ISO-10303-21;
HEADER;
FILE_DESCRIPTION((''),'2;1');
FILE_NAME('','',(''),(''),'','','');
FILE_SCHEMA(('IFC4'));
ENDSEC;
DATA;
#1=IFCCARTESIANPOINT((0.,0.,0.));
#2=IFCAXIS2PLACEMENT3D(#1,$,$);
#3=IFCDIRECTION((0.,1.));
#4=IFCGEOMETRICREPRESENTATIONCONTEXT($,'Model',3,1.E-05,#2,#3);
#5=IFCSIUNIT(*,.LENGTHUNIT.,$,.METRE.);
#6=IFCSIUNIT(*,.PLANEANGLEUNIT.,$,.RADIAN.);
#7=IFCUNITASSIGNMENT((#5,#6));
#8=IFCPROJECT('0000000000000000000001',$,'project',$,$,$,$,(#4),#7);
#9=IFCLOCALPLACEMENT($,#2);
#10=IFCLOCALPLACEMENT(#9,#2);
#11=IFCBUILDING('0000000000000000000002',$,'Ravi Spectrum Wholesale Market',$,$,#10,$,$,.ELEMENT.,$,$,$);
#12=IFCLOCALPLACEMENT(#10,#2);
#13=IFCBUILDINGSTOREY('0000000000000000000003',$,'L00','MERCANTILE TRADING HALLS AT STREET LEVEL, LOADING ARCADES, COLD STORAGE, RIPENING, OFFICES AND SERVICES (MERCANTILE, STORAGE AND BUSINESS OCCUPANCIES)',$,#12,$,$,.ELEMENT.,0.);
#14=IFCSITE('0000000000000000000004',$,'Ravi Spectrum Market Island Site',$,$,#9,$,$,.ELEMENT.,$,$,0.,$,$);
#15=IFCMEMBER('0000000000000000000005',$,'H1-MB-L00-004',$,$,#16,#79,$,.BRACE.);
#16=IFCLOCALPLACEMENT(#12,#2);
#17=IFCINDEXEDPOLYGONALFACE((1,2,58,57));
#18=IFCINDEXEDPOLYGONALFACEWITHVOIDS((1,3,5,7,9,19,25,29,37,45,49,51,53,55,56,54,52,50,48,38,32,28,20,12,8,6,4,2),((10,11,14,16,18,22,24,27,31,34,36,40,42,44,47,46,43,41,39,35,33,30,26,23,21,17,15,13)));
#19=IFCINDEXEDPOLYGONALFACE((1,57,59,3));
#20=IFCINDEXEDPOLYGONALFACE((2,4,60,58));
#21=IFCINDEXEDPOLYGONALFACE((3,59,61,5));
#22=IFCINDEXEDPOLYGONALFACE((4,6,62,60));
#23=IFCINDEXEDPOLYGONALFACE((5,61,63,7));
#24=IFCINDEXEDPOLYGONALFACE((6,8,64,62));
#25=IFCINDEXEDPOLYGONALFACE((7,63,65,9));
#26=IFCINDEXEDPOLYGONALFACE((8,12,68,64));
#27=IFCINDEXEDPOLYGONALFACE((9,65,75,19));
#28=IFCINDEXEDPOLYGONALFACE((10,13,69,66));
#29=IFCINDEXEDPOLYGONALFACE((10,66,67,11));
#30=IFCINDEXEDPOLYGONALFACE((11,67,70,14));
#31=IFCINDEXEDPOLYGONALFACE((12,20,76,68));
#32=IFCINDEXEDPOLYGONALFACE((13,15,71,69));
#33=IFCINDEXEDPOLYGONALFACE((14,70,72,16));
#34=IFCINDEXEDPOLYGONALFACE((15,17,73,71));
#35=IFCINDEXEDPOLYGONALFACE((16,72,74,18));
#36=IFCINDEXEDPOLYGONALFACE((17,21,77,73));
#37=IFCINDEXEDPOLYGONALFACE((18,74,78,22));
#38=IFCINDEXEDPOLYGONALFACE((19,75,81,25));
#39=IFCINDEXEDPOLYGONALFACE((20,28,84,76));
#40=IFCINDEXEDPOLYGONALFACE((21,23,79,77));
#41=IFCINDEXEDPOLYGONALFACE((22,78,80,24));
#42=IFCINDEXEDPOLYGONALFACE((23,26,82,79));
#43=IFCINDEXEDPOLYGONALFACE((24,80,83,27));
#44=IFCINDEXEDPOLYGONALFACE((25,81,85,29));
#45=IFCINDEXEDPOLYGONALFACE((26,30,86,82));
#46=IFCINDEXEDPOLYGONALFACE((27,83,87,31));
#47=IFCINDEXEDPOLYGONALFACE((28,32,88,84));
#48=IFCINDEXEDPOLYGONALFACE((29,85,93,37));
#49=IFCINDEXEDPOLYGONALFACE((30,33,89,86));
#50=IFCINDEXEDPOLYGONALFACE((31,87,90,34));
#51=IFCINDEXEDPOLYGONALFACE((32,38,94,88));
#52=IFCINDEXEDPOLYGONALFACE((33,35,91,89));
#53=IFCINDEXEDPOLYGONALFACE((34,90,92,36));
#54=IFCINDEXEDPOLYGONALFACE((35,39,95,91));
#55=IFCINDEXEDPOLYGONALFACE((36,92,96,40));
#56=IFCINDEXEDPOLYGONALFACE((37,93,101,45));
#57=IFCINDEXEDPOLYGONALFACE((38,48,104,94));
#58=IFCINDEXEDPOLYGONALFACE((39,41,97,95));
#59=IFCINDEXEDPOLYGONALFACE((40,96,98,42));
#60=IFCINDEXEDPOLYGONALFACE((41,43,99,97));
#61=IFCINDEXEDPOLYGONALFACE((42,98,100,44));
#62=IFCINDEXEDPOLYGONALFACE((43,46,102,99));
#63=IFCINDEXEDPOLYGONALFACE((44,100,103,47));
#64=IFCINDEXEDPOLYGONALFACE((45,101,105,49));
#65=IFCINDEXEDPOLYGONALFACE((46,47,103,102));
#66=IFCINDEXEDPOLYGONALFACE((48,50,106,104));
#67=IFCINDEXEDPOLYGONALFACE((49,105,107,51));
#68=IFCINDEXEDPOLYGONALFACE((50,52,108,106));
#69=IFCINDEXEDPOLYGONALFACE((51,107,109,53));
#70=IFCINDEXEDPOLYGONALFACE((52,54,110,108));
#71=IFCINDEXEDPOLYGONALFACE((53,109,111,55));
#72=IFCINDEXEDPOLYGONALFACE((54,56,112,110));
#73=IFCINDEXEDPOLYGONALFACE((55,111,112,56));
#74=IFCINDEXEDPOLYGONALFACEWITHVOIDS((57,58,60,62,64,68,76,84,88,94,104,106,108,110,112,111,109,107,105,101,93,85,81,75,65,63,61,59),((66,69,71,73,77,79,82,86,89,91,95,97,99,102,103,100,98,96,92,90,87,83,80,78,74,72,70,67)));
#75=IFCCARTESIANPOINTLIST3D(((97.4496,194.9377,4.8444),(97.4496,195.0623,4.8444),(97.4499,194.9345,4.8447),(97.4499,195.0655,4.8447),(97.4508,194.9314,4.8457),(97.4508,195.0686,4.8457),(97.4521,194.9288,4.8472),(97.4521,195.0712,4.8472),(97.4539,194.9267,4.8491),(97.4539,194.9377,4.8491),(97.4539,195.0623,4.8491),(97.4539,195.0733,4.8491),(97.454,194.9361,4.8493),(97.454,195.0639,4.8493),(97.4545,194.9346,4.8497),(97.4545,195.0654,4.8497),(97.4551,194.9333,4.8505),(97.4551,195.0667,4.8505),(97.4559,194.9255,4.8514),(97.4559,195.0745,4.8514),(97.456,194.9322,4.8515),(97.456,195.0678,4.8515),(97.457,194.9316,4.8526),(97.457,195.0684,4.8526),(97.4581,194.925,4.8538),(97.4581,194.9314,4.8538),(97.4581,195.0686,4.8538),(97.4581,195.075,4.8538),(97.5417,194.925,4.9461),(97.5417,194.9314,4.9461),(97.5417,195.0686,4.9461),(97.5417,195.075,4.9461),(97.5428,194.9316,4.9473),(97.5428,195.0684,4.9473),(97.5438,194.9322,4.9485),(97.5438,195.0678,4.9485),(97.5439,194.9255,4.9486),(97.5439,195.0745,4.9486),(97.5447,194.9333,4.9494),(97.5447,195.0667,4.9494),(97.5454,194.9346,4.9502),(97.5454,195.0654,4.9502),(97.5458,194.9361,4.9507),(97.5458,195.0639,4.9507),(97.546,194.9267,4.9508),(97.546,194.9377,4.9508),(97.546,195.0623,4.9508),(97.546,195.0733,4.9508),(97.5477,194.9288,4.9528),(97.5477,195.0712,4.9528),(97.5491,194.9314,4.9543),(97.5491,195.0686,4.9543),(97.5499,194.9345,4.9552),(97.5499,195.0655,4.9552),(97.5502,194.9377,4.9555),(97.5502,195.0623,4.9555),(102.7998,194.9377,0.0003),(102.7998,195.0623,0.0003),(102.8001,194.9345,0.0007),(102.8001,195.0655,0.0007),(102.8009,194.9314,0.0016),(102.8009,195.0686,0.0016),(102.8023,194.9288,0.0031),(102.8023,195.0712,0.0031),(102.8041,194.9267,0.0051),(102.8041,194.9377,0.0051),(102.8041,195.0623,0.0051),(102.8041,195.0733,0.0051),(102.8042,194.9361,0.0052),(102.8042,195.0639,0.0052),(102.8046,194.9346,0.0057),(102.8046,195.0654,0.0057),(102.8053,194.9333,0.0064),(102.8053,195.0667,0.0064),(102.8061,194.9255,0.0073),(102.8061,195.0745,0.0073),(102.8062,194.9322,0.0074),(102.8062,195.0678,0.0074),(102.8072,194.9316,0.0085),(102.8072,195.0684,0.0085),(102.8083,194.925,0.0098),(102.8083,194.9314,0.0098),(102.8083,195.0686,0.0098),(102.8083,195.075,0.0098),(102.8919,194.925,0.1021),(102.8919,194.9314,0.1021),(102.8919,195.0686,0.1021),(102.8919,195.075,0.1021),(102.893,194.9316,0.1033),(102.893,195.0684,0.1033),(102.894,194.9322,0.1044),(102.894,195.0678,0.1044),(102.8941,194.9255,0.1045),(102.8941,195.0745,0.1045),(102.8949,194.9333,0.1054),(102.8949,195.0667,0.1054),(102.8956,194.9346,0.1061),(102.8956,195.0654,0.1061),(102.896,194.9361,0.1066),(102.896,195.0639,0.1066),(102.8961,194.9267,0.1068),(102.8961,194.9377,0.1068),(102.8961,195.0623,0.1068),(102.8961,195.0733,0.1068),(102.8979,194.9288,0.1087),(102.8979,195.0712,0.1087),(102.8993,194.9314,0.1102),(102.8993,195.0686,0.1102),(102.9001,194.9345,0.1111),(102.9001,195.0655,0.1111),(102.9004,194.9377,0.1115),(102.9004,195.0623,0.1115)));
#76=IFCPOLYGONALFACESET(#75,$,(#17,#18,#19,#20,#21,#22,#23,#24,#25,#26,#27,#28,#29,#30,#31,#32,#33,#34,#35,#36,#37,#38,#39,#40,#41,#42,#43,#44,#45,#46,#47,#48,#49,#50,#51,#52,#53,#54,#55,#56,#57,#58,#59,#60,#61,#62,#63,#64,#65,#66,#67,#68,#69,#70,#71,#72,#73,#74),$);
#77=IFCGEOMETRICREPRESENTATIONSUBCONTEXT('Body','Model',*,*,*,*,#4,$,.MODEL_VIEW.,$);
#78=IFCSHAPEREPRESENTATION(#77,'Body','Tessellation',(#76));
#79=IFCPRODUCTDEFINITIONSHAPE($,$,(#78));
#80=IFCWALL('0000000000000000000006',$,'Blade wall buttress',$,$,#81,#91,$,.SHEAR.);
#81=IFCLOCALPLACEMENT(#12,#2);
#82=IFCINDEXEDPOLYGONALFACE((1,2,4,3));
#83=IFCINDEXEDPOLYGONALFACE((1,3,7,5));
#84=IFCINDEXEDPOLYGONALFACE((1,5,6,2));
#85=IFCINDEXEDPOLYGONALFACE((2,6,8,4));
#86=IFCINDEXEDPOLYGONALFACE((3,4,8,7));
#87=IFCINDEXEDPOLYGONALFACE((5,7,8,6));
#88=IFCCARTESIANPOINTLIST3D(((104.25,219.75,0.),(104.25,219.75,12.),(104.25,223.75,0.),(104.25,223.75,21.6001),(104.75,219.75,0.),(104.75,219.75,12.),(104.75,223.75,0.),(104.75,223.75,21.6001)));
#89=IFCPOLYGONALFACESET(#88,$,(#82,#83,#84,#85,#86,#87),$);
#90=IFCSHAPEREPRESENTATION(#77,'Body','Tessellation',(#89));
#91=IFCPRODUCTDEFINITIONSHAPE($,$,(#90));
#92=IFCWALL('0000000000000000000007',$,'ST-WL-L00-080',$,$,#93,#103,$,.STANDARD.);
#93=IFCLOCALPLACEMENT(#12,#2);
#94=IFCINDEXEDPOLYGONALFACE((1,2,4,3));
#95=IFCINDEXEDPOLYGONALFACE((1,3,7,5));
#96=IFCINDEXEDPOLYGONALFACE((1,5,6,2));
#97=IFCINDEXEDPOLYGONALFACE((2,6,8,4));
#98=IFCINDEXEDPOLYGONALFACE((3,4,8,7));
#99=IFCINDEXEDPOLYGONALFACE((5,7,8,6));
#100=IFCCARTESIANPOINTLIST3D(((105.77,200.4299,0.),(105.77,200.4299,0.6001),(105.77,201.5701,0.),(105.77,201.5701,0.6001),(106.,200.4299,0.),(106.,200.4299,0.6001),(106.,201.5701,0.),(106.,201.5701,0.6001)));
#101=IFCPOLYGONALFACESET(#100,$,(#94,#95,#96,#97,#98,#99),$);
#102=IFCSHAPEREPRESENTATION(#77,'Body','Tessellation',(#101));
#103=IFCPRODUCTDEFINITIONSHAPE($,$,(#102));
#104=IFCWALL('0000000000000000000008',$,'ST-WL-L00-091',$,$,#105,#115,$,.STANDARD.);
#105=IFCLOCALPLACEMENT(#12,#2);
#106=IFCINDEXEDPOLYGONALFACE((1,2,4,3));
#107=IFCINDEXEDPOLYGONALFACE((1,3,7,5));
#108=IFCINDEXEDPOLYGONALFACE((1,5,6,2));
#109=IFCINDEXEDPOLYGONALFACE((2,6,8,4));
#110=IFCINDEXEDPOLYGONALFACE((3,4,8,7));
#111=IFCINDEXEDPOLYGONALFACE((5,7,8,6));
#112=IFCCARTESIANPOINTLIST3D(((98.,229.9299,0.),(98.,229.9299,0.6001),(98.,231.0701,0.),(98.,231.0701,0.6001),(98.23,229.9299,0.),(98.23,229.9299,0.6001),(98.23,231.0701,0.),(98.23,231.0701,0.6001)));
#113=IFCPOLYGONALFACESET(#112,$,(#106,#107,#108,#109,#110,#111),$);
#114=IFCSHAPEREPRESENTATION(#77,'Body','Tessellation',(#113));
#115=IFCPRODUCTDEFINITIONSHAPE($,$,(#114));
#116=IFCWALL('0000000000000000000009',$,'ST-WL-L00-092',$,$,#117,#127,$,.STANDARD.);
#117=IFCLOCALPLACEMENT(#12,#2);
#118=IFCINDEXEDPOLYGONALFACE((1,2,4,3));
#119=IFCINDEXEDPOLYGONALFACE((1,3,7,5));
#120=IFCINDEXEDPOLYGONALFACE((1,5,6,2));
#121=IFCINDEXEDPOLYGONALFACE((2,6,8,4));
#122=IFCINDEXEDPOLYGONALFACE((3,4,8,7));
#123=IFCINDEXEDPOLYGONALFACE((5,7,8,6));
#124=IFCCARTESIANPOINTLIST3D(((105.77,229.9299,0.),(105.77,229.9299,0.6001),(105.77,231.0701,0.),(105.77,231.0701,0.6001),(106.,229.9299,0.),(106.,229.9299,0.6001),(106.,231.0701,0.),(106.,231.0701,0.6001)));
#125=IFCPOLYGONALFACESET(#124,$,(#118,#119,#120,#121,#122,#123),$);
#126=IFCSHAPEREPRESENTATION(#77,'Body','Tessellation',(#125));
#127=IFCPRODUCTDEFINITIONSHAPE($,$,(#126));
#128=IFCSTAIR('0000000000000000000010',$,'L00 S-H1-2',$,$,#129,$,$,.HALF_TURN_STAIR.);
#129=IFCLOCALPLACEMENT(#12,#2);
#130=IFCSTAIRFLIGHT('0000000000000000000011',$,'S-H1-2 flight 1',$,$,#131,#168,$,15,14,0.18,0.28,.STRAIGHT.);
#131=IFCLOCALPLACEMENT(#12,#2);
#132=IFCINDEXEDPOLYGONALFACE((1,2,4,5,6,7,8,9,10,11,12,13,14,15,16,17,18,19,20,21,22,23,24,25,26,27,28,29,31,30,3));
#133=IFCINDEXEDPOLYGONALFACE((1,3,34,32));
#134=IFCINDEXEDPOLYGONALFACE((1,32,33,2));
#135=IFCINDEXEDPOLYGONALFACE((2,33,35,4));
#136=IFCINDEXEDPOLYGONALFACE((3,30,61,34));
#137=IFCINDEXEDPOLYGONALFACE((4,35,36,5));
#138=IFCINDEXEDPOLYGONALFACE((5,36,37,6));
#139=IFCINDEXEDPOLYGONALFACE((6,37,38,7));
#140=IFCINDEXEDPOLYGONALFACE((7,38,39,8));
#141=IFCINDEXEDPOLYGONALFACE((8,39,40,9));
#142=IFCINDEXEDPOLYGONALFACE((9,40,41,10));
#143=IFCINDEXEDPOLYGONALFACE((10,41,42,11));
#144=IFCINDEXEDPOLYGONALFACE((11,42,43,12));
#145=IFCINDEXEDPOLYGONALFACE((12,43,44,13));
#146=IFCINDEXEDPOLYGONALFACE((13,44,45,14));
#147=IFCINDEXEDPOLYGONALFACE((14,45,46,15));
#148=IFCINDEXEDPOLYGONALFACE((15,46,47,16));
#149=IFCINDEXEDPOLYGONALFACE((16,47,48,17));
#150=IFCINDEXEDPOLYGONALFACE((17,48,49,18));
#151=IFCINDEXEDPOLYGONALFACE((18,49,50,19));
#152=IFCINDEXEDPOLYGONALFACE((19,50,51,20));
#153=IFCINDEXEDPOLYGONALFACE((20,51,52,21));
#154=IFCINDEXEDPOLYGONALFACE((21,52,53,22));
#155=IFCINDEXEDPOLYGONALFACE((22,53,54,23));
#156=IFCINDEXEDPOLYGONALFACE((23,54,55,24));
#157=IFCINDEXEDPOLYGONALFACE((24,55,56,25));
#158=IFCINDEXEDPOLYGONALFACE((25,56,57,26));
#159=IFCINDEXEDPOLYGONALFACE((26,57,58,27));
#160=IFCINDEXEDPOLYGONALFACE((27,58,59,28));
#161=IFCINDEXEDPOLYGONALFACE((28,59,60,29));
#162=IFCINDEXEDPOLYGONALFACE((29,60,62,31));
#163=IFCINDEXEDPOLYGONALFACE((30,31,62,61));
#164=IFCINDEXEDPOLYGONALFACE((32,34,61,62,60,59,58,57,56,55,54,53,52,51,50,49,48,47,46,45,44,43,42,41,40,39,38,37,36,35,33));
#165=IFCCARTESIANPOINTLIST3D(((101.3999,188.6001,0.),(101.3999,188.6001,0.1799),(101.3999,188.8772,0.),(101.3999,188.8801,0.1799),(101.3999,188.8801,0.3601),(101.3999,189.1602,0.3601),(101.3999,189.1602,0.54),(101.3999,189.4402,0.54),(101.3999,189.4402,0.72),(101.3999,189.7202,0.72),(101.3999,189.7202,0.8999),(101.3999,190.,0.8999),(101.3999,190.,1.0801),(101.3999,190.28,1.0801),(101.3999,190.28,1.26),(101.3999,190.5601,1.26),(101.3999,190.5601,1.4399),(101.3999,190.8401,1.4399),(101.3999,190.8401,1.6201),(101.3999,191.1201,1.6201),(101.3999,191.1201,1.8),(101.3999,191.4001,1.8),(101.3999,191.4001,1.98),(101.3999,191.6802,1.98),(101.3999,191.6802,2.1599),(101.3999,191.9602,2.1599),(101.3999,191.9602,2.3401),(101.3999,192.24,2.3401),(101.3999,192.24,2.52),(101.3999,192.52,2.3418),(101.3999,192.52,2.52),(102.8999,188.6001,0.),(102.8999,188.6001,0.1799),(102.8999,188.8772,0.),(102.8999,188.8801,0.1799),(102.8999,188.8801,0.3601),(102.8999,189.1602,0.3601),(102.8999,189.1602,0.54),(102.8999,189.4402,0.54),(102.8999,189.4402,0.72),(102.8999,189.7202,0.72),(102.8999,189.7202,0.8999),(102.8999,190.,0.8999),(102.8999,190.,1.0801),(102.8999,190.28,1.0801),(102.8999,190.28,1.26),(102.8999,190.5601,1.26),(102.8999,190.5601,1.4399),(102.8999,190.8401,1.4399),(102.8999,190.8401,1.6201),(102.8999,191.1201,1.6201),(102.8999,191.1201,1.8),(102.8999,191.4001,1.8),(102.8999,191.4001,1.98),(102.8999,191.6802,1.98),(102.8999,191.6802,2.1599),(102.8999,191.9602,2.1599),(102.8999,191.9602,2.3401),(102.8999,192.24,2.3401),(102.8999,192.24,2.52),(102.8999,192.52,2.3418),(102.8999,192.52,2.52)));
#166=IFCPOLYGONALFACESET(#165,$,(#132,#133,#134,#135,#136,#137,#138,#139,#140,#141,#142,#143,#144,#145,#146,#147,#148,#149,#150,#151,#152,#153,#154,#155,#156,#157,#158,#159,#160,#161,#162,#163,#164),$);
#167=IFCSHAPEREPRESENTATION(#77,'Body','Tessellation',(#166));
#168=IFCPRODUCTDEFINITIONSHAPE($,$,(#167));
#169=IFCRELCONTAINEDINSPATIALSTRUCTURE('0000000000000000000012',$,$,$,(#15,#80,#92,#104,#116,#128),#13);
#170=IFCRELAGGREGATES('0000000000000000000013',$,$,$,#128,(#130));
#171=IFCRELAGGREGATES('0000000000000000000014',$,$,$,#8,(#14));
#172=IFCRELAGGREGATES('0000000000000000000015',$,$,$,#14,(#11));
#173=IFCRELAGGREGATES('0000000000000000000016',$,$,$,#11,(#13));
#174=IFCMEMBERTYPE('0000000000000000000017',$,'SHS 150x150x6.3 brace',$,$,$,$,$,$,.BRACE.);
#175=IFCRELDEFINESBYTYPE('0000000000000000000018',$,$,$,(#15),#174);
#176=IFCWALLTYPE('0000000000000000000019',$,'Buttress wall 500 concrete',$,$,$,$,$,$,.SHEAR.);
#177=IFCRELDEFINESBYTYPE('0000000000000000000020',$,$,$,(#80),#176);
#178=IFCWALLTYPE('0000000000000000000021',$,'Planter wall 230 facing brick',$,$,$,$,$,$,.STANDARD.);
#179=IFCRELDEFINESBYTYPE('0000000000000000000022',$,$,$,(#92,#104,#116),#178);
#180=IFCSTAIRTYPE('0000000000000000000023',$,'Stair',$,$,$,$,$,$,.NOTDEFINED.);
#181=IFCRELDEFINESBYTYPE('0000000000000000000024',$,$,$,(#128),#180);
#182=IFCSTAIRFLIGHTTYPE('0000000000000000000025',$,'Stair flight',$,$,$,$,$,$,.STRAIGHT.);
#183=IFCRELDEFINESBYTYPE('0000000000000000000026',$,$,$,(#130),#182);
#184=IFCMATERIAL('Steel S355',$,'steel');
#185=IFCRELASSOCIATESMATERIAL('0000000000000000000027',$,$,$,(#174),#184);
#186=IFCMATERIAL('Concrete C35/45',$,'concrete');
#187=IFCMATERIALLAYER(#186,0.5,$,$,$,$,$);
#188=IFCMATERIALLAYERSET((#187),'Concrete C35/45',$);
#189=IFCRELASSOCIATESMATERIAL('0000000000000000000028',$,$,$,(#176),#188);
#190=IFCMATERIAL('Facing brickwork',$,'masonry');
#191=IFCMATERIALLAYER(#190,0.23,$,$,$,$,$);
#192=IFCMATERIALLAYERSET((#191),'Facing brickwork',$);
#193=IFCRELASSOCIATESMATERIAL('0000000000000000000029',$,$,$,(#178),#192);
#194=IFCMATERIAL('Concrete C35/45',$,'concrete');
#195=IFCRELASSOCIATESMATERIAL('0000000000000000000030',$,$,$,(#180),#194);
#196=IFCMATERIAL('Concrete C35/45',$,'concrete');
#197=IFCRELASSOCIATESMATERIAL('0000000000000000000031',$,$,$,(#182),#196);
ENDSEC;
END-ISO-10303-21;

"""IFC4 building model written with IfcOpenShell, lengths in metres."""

from ifc_helpers import new_model, si_unit, direction, frame, frame_2d, origin, origin_2d, place, context, subcontext, project, spatial, polyline, rectangle, hollow_rectangle, outline, extrude, material, layer, layer_set, material_profile, profile_set, type_object, element, aggregate, save


model = new_model("IFC4")

# Units and contexts
model_context = context("Model", 3, precision=1e-05, world=origin(), true_north=direction((0.0, 1.0)))
body_context = subcontext(model_context, "Body", "Model", "MODEL_VIEW")
ifc_project = project(units=[si_unit("LENGTHUNIT", "METRE"), si_unit("PLANEANGLEUNIT", "RADIAN")], contexts=[model_context])

# Site, building, storey
site_placement = place(None, origin())
site = spatial("IfcSite", under=ifc_project, at=site_placement, Name="Ravi Spectrum Market Island Site", CompositionType="ELEMENT", RefElevation=0.0)
building_placement = place(site_placement, origin())
building = spatial("IfcBuilding", under=site, at=building_placement, Name="Ravi Spectrum Wholesale Market", CompositionType="ELEMENT")
storey_placement = place(building_placement, origin())
storey = spatial("IfcBuildingStorey", under=building, at=storey_placement, Name="L00", Description="MERCANTILE TRADING HALLS AT STREET LEVEL, LOADING ARCADES, COLD STORAGE, RIPENING, OFFICES AND SERVICES (MERCANTILE, STORAGE AND BUSINESS OCCUPANCIES)", CompositionType="ELEMENT", Elevation=0.0)

# Member
ifc_material_1 = material(Name="Steel S355", Category="steel")
ifc_material_profile_1 = material_profile(ifc_material_1, hollow_rectangle(XDim=0.1499, YDim=0.1499, WallThickness=0.0063, InnerFilletRadius=0.0063, OuterFilletRadius=0.0127, at=origin_2d()))
ifc_profile_set_1 = profile_set([ifc_material_profile_1], Name="Steel S355")
member_type = type_object("IfcMemberType", Name="SHS 150x150x6.3 brace", PredefinedType="BRACE", material=ifc_profile_set_1)
member_placement = place(storey_placement, frame((102.8501, 195.0, 0.0559), z_axis=(-0.741299, 0.0, 0.671175), x_axis=(0.0, -1.0, 0.0)))
element("IfcMember", 1, at=member_placement, inside=storey, type_object=member_type, Name="H1-MB-L00-004", PredefinedType="BRACE", context=body_context, shape_type="SweptSolid", body=[
    extrude(hollow_rectangle(XDim=0.1499, YDim=0.1499, WallThickness=0.0063, InnerFilletRadius=0.0063, OuterFilletRadius=0.0127, at=origin_2d()), origin(), (0.0, 0.0, 1.0), 7.2173),
])

# Walls
ifc_material_2 = material(Name="Concrete C35/45", Category="concrete")
ifc_layer_1 = layer(ifc_material_2, 0.5)
ifc_layer_set_1 = layer_set([ifc_layer_1], Name="Concrete C35/45")
wall_type_1 = type_object("IfcWallType", Name="Buttress wall 500 concrete", PredefinedType="SHEAR", material=ifc_layer_set_1)
wall_placement = place(storey_placement, frame((104.5, 223.75, 0.0), z_axis=(0.0, 0.0, 1.0), x_axis=(0.0, -1.0, 0.0)))
element("IfcWall", 2, at=wall_placement, inside=storey, type_object=wall_type_1, Name="Blade wall buttress", PredefinedType="SHEAR", context=body_context, shape_type="SweptSolid", body=[
    extrude(outline(polyline([(0.0, 0.0), (4.0, 0.0), (4.0, 12.0), (0.0, 21.6001), (0.0, 0.0)])), frame((0.0, 0.25, 0.0), z_axis=(0.0, -1.0, 0.0), x_axis=(1.0, 0.0, 0.0)), (0.0, 0.0, 1.0), 0.5),
])
ifc_material_3 = material(Name="Facing brickwork", Category="masonry")
ifc_layer_2 = layer(ifc_material_3, 0.23)
ifc_layer_set_2 = layer_set([ifc_layer_2], Name="Facing brickwork")
wall_type_2 = type_object("IfcWallType", Name="Planter wall 230 facing brick", PredefinedType="STANDARD", material=ifc_layer_set_2)
for number, where, z_axis, x_axis, name in (
    (3, (105.885, 200.4299, 0.0), (0.0, 0.0, 1.0), (0.0, 1.0, 0.0), "ST-WL-L00-080"),
    (4, (98.115, 229.9299, 0.0), (0.0, 0.0, 1.0), (0.0, 1.0, 0.0), "ST-WL-L00-091"),
    (5, (105.885, 229.9299, 0.0), (0.0, 0.0, 1.0), (0.0, 1.0, 0.0), "ST-WL-L00-092"),
):
    element("IfcWall", number, at=place(storey_placement, frame(where, z_axis=z_axis, x_axis=x_axis)), inside=storey, type_object=wall_type_2, Name=name, PredefinedType="STANDARD", context=body_context, shape_type="SweptSolid", body=[
        extrude(rectangle(XDim=1.1401, YDim=0.23, at=frame_2d((0.5701, 0.0))), origin(), (0.0, 0.0, 1.0), 0.6001),
    ])

# Stair, stair flight
ifc_material_4 = material(Name="Concrete C35/45", Category="concrete")
stair_type = type_object("IfcStairType", Name="Stair", PredefinedType="NOTDEFINED", material=ifc_material_4)
stair_placement = place(storey_placement, origin())
stair = element("IfcStair", 6, at=stair_placement, inside=storey, type_object=stair_type, Name="L00 S-H1-2", PredefinedType="HALF_TURN_STAIR")
ifc_material_5 = material(Name="Concrete C35/45", Category="concrete")
stair_flight_type = type_object("IfcStairFlightType", Name="Stair flight", PredefinedType="STRAIGHT", material=ifc_material_5)
stair_flight_placement = place(storey_placement, frame((102.1499, 188.6001, 0.0), z_axis=(0.0, 0.0, 1.0), x_axis=(0.0, 1.0, 0.0)))
stair_flight = element("IfcStairFlight", 7, at=stair_flight_placement, type_object=stair_flight_type, Name="S-H1-2 flight 1", NumberOfRisers=15, NumberOfTreads=14, PredefinedType="STRAIGHT", RiserHeight=0.18, TreadLength=0.28, context=body_context, shape_type="SweptSolid", body=[
    extrude(outline(polyline([(0.0, 0.0), (0.0, 0.1799), (0.28, 0.1799), (0.28, 0.3601), (0.5601, 0.3601), (0.5601, 0.54), (0.8401, 0.54), (0.8401, 0.72), (1.1201, 0.72), (1.1201, 0.8999), (1.3999, 0.8999), (1.3999, 1.0801), (1.6799, 1.0801), (1.6799, 1.26), (1.96, 1.26), (1.96, 1.4399), (2.24, 1.4399), (2.24, 1.6201), (2.52, 1.6201), (2.52, 1.8), (2.8, 1.8), (2.8, 1.98), (3.0801, 1.98), (3.0801, 2.1599), (3.3601, 2.1599), (3.3601, 2.3401), (3.6399, 2.3401), (3.6399, 2.52), (3.9199, 2.52), (3.9199, 2.7), (3.9199, 2.3418), (0.2771, 0.0), (0.0, 0.0)])), frame((0.0, 0.75, 0.0), z_axis=(0.0, -1.0, 0.0), x_axis=(1.0, 0.0, 0.0)), (0.0, 0.0, 1.0), 1.5),
])
aggregate(stair, [stair_flight])

save(model, "model.ifc")
